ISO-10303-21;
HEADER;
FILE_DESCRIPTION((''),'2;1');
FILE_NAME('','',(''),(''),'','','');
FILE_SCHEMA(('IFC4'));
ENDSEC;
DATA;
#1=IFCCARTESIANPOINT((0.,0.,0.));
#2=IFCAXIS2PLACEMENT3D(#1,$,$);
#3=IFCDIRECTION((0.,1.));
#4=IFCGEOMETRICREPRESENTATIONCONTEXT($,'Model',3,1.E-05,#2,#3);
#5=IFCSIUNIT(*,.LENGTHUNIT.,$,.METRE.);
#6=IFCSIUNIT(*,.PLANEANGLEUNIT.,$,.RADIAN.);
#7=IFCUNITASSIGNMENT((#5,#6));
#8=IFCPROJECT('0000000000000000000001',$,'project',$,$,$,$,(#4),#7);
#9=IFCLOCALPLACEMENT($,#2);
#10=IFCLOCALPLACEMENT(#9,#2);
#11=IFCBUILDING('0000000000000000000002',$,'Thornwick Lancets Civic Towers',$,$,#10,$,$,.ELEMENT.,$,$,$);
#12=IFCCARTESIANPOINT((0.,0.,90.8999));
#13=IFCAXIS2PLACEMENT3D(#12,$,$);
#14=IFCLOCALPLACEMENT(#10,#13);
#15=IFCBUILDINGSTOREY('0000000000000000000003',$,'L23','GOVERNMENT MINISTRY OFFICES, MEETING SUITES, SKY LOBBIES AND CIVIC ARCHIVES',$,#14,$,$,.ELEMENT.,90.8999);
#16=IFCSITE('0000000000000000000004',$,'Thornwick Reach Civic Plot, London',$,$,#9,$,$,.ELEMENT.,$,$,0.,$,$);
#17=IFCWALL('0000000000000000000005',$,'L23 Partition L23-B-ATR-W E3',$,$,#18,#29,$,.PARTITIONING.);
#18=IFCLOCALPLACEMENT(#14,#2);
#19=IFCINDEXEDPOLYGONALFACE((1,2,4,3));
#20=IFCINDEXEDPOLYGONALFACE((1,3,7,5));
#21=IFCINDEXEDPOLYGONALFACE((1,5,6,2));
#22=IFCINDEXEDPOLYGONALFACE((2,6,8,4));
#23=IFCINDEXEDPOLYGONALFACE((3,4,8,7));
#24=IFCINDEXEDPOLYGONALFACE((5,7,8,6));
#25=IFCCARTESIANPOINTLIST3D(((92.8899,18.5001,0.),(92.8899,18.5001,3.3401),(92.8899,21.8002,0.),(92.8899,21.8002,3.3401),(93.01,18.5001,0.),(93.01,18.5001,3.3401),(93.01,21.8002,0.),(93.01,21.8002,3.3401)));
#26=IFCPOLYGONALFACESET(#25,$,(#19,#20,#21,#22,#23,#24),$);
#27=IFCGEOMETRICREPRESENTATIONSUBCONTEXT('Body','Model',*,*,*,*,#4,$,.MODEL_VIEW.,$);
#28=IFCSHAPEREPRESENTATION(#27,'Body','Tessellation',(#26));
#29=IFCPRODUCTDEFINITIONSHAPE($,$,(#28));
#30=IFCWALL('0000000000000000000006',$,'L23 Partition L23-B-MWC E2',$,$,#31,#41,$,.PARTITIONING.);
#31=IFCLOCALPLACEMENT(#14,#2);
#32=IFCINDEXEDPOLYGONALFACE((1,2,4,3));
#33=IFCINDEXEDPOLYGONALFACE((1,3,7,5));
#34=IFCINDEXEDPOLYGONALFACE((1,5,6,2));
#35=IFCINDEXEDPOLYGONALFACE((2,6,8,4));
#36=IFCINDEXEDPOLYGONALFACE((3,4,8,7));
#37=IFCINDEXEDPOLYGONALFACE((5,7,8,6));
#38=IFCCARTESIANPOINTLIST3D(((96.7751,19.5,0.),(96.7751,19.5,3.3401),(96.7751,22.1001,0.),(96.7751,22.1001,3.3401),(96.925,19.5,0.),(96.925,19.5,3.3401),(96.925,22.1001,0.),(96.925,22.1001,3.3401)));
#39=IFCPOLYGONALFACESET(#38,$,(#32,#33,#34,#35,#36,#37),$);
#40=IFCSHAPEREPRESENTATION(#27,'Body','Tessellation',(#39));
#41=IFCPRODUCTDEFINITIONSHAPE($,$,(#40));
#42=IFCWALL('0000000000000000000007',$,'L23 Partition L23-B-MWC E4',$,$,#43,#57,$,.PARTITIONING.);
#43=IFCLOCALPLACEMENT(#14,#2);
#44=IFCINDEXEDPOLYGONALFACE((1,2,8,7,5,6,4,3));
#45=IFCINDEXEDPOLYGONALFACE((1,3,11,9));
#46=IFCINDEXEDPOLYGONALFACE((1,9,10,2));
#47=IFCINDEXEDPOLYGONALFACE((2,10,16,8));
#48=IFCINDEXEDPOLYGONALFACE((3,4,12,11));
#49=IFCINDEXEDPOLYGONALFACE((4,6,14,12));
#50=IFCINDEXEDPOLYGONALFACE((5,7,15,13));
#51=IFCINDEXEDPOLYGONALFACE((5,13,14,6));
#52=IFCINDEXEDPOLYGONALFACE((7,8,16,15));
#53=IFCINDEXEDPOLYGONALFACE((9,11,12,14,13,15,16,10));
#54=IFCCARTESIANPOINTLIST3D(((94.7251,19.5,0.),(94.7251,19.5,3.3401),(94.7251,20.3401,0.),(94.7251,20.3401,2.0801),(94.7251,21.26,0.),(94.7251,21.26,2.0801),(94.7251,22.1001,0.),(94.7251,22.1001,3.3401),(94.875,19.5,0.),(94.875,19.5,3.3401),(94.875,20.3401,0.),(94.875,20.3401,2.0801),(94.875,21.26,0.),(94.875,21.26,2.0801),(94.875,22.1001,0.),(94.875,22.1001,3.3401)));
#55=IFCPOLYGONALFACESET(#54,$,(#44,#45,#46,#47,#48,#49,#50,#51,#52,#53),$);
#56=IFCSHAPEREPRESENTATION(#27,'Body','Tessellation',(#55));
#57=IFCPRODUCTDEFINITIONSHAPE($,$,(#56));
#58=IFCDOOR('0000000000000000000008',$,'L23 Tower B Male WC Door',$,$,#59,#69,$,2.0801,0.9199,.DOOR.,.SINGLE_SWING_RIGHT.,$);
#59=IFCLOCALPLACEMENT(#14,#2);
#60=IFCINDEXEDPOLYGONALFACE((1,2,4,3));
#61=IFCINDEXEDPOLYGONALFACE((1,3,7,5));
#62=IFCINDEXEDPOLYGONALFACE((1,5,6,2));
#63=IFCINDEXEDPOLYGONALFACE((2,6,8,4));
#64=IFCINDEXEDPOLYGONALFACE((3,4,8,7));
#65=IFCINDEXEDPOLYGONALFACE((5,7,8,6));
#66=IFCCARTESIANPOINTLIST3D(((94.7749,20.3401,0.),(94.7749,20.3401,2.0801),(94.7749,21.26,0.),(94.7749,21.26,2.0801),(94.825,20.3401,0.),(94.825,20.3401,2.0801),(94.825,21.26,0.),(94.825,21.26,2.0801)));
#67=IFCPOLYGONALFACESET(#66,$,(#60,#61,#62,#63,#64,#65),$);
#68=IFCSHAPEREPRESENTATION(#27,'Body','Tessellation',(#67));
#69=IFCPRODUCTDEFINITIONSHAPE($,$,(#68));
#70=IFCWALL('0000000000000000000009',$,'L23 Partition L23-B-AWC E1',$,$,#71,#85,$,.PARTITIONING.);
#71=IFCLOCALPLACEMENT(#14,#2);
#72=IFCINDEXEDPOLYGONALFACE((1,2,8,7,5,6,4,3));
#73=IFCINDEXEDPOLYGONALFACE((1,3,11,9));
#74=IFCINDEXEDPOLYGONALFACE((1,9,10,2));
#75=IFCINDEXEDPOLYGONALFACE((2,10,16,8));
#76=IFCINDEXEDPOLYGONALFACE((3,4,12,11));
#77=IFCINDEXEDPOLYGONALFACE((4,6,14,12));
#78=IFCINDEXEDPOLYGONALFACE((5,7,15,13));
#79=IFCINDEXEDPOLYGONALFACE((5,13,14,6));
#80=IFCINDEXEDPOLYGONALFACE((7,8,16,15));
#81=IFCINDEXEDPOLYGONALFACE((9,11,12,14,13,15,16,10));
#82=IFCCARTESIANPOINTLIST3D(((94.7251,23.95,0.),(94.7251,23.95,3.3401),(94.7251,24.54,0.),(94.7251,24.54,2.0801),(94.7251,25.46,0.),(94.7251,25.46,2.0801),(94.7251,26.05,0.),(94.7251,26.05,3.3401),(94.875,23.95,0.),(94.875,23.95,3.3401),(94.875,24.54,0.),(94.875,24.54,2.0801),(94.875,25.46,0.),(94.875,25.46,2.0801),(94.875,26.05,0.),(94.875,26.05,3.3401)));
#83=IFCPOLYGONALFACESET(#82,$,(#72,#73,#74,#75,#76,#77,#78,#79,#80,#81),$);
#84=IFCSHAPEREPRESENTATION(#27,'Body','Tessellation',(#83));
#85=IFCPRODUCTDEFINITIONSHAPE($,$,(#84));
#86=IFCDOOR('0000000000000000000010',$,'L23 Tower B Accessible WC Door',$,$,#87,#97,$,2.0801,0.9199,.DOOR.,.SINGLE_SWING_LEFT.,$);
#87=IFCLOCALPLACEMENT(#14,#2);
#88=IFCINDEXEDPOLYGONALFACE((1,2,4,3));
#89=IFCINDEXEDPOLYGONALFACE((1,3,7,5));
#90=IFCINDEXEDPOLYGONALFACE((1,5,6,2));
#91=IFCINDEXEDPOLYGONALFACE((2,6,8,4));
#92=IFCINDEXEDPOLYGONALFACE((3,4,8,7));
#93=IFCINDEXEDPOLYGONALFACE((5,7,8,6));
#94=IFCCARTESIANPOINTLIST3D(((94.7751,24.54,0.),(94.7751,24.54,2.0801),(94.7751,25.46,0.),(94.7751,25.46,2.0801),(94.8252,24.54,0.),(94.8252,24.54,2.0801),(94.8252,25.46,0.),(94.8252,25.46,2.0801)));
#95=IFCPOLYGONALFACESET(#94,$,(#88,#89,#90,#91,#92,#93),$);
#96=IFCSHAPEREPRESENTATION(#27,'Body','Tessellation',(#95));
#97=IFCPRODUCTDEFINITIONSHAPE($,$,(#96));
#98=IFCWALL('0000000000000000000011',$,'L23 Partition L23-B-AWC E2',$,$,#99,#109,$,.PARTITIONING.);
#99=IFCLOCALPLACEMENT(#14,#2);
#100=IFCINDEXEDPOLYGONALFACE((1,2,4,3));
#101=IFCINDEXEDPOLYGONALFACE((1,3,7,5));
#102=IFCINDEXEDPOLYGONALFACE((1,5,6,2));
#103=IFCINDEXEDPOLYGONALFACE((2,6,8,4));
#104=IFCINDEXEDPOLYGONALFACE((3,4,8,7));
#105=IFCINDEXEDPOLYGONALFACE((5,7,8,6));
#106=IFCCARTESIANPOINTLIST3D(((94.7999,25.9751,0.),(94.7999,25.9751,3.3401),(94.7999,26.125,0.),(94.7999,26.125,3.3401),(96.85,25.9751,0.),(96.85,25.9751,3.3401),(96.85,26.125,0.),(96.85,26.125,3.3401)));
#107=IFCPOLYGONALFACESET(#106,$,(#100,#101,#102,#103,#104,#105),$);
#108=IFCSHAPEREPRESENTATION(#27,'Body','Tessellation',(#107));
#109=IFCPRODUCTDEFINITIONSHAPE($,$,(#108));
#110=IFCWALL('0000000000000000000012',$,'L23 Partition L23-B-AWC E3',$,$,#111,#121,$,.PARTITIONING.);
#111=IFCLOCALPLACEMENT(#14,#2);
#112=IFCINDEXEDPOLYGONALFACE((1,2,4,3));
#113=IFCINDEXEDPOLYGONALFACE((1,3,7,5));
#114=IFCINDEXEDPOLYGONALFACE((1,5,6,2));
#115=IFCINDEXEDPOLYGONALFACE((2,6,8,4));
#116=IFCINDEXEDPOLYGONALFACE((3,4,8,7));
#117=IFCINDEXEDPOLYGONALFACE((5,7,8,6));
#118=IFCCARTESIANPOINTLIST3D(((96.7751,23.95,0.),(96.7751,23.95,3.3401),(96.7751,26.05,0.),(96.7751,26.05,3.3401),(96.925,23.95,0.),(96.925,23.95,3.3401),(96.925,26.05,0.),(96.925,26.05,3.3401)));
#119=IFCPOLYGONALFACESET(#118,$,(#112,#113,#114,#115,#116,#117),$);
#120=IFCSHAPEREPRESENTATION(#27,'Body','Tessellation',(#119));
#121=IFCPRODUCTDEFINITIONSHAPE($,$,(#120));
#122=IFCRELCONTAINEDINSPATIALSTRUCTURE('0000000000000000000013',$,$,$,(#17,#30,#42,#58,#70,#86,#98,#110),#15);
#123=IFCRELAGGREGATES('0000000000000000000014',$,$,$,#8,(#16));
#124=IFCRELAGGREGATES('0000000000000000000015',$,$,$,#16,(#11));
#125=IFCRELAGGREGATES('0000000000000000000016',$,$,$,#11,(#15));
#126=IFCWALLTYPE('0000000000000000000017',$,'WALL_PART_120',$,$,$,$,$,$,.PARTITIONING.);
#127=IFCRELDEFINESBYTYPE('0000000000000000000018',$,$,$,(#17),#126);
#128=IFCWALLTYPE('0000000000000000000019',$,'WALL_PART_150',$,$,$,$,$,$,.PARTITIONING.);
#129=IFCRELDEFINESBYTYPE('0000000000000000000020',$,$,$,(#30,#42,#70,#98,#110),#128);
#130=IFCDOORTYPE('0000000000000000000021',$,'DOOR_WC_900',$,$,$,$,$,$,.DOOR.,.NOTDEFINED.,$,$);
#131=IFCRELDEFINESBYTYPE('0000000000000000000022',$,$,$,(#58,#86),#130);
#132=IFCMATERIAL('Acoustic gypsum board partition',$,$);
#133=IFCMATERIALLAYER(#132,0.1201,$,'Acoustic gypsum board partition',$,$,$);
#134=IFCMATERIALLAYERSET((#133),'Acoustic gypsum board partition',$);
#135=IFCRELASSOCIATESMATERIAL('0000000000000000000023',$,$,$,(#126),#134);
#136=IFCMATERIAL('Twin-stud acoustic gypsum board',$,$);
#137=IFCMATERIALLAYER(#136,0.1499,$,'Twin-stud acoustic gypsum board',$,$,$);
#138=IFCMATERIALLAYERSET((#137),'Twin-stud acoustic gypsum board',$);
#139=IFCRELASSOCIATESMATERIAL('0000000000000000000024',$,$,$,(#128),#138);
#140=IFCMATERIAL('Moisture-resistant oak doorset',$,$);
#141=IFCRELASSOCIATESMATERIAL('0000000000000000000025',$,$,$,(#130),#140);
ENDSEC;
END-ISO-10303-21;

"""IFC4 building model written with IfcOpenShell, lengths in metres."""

from ifc_helpers import new_model, si_unit, direction, frame, frame_2d, origin, place, context, subcontext, project, spatial, rectangle, extrude, material, layer, layer_set, type_object, element, fill, save


model = new_model("IFC4")

# Units and contexts
model_context = context("Model", 3, precision=1e-05, world=origin(), true_north=direction((0.0, 1.0)))
body_context = subcontext(model_context, "Body", "Model", "MODEL_VIEW")
ifc_project = project(units=[si_unit("LENGTHUNIT", "METRE"), si_unit("PLANEANGLEUNIT", "RADIAN")], contexts=[model_context])

# Site, building, storey
site_placement = place(None, origin())
site = spatial("IfcSite", under=ifc_project, at=site_placement, Name="Thornwick Reach Civic Plot, London", CompositionType="ELEMENT", RefElevation=0.0)
building_placement = place(site_placement, origin())
building = spatial("IfcBuilding", under=site, at=building_placement, Name="Thornwick Lancets Civic Towers", CompositionType="ELEMENT")
storey_placement = place(building_placement, frame((0.0, 0.0, 90.8999)))
storey = spatial("IfcBuildingStorey", under=building, at=storey_placement, Name="L23", Description="GOVERNMENT MINISTRY OFFICES, MEETING SUITES, SKY LOBBIES AND CIVIC ARCHIVES", CompositionType="ELEMENT", Elevation=90.8999)

# Walls
ifc_material_1 = material(Name="Acoustic gypsum board partition")
ifc_layer_1 = layer(ifc_material_1, 0.1201, Name="Acoustic gypsum board partition")
ifc_layer_set_1 = layer_set([ifc_layer_1], Name="Acoustic gypsum board partition")
wall_type_1 = type_object("IfcWallType", Name="WALL_PART_120", PredefinedType="PARTITIONING", material=ifc_layer_set_1)
wall_1_placement = place(storey_placement, frame((92.95, 21.8, 0.0), z_axis=(0.0, 0.0, 1.0), x_axis=(0.0, -1.0, 0.0)))
element("IfcWall", 1, at=wall_1_placement, inside=storey, type_object=wall_type_1, Name="L23 Partition L23-B-ATR-W E3", PredefinedType="PARTITIONING", context=body_context, shape_type="SweptSolid", body=[
    extrude(rectangle(XDim=3.3, YDim=0.1201, at=frame_2d((1.6499, 0.0))), origin(), (0.0, 0.0, 1.0), 3.3401),
])
ifc_material_2 = material(Name="Twin-stud acoustic gypsum board")
ifc_layer_2 = layer(ifc_material_2, 0.1499, Name="Twin-stud acoustic gypsum board")
ifc_layer_set_2 = layer_set([ifc_layer_2], Name="Twin-stud acoustic gypsum board")
wall_type_2 = type_object("IfcWallType", Name="WALL_PART_150", PredefinedType="PARTITIONING", material=ifc_layer_set_2)
wall_2_placement = place(storey_placement, frame((96.8501, 19.5, 0.0), z_axis=(0.0, 0.0, 1.0), x_axis=(0.0, 1.0, 0.0)))
element("IfcWall", 2, at=wall_2_placement, inside=storey, type_object=wall_type_2, Name="L23 Partition L23-B-MWC E2", PredefinedType="PARTITIONING", context=body_context, shape_type="SweptSolid", body=[
    extrude(rectangle(XDim=2.6001, YDim=0.1499, at=frame_2d((1.3, 0.0))), origin(), (0.0, 0.0, 1.0), 3.3401),
])

# Walls, openings, doors
wall_3_placement = place(storey_placement, frame((94.8, 22.1001, 0.0), z_axis=(0.0, 0.0, 1.0), x_axis=(0.0, -1.0, 0.0)))
wall_3 = element("IfcWall", 3, at=wall_3_placement, inside=storey, type_object=wall_type_2, Name="L23 Partition L23-B-MWC E4", PredefinedType="PARTITIONING", context=body_context, shape_type="SweptSolid", body=[
    extrude(rectangle(XDim=2.6001, YDim=0.1499, at=frame_2d((1.3, 0.0))), origin(), (0.0, 0.0, 1.0), 3.3401),
])
opening_1_placement = place(wall_3_placement, frame((0.8401, 0.0, 0.0)))
opening_1 = element("IfcOpeningElement", 4, at=opening_1_placement, cuts=wall_3, PredefinedType="OPENING", context=body_context, shape_type="SweptSolid", body=[
    extrude(rectangle(XDim=0.9199, YDim=2.0801, at=frame_2d((0.46, 1.04))), frame((0.0, 0.085, 0.0), z_axis=(0.0, -1.0, 0.0), x_axis=(1.0, 0.0, 0.0)), (0.0, 0.0, 1.0), 0.1699),
])
ifc_material_3 = material(Name="Moisture-resistant oak doorset")
door_type_1 = type_object("IfcDoorType", Name="DOOR_WC_900", OperationType="NOTDEFINED", PredefinedType="DOOR", material=ifc_material_3)
door_1_placement = place(opening_1_placement, origin())
door_1 = element("IfcDoor", 5, at=door_1_placement, inside=storey, type_object=door_type_1, Name="L23 Tower B Male WC Door", OperationType="SINGLE_SWING_RIGHT", OverallHeight=2.0801, OverallWidth=0.9199, PredefinedType="DOOR", context=body_context, shape_type="SweptSolid", body=[
    extrude(rectangle(XDim=0.9199, YDim=2.0801, at=frame_2d((0.46, 1.04))), frame((0.0, 0.0249, 0.0), z_axis=(0.0, -1.0, 0.0), x_axis=(1.0, 0.0, 0.0)), (0.0, 0.0, 1.0), 0.05),
])
fill(opening_1, door_1)
wall_4_placement = place(storey_placement, frame((94.8, 23.95, 0.0), z_axis=(0.0, 0.0, 1.0), x_axis=(0.0, 1.0, 0.0)))
wall_4 = element("IfcWall", 6, at=wall_4_placement, inside=storey, type_object=wall_type_2, Name="L23 Partition L23-B-AWC E1", PredefinedType="PARTITIONING", context=body_context, shape_type="SweptSolid", body=[
    extrude(rectangle(XDim=2.1001, YDim=0.1499, at=frame_2d((1.05, 0.0))), origin(), (0.0, 0.0, 1.0), 3.3401),
])
opening_2_placement = place(wall_4_placement, frame((0.5901, 0.0, 0.0)))
opening_2 = element("IfcOpeningElement", 7, at=opening_2_placement, cuts=wall_4, PredefinedType="OPENING", context=body_context, shape_type="SweptSolid", body=[
    extrude(rectangle(XDim=0.9199, YDim=2.0801, at=frame_2d((0.46, 1.04))), frame((0.0, 0.085, 0.0), z_axis=(0.0, -1.0, 0.0), x_axis=(1.0, 0.0, 0.0)), (0.0, 0.0, 1.0), 0.1699),
])
door_2_placement = place(opening_2_placement, origin())
door_2 = element("IfcDoor", 8, at=door_2_placement, inside=storey, type_object=door_type_1, Name="L23 Tower B Accessible WC Door", OperationType="SINGLE_SWING_LEFT", OverallHeight=2.0801, OverallWidth=0.9199, PredefinedType="DOOR", context=body_context, shape_type="SweptSolid", body=[
    extrude(rectangle(XDim=0.9199, YDim=2.0801, at=frame_2d((0.46, 1.04))), frame((0.0, 0.0249, 0.0), z_axis=(0.0, -1.0, 0.0), x_axis=(1.0, 0.0, 0.0)), (0.0, 0.0, 1.0), 0.05),
])
fill(opening_2, door_2)

# Walls
wall_5_placement = place(storey_placement, frame((94.8, 26.05, 0.0), z_axis=(0.0, 0.0, 1.0), x_axis=(1.0, 0.0, 0.0)))
element("IfcWall", 9, at=wall_5_placement, inside=storey, type_object=wall_type_2, Name="L23 Partition L23-B-AWC E2", PredefinedType="PARTITIONING", context=body_context, shape_type="SweptSolid", body=[
    extrude(rectangle(XDim=2.05, YDim=0.1499, at=frame_2d((1.0249, 0.0))), origin(), (0.0, 0.0, 1.0), 3.3401),
])
wall_6_placement = place(storey_placement, frame((96.8501, 26.05, 0.0), z_axis=(0.0, 0.0, 1.0), x_axis=(0.0, -1.0, 0.0)))
element("IfcWall", 10, at=wall_6_placement, inside=storey, type_object=wall_type_2, Name="L23 Partition L23-B-AWC E3", PredefinedType="PARTITIONING", context=body_context, shape_type="SweptSolid", body=[
    extrude(rectangle(XDim=2.1001, YDim=0.1499, at=frame_2d((1.05, 0.0))), origin(), (0.0, 0.0, 1.0), 3.3401),
])

save(model, "model.ifc")
